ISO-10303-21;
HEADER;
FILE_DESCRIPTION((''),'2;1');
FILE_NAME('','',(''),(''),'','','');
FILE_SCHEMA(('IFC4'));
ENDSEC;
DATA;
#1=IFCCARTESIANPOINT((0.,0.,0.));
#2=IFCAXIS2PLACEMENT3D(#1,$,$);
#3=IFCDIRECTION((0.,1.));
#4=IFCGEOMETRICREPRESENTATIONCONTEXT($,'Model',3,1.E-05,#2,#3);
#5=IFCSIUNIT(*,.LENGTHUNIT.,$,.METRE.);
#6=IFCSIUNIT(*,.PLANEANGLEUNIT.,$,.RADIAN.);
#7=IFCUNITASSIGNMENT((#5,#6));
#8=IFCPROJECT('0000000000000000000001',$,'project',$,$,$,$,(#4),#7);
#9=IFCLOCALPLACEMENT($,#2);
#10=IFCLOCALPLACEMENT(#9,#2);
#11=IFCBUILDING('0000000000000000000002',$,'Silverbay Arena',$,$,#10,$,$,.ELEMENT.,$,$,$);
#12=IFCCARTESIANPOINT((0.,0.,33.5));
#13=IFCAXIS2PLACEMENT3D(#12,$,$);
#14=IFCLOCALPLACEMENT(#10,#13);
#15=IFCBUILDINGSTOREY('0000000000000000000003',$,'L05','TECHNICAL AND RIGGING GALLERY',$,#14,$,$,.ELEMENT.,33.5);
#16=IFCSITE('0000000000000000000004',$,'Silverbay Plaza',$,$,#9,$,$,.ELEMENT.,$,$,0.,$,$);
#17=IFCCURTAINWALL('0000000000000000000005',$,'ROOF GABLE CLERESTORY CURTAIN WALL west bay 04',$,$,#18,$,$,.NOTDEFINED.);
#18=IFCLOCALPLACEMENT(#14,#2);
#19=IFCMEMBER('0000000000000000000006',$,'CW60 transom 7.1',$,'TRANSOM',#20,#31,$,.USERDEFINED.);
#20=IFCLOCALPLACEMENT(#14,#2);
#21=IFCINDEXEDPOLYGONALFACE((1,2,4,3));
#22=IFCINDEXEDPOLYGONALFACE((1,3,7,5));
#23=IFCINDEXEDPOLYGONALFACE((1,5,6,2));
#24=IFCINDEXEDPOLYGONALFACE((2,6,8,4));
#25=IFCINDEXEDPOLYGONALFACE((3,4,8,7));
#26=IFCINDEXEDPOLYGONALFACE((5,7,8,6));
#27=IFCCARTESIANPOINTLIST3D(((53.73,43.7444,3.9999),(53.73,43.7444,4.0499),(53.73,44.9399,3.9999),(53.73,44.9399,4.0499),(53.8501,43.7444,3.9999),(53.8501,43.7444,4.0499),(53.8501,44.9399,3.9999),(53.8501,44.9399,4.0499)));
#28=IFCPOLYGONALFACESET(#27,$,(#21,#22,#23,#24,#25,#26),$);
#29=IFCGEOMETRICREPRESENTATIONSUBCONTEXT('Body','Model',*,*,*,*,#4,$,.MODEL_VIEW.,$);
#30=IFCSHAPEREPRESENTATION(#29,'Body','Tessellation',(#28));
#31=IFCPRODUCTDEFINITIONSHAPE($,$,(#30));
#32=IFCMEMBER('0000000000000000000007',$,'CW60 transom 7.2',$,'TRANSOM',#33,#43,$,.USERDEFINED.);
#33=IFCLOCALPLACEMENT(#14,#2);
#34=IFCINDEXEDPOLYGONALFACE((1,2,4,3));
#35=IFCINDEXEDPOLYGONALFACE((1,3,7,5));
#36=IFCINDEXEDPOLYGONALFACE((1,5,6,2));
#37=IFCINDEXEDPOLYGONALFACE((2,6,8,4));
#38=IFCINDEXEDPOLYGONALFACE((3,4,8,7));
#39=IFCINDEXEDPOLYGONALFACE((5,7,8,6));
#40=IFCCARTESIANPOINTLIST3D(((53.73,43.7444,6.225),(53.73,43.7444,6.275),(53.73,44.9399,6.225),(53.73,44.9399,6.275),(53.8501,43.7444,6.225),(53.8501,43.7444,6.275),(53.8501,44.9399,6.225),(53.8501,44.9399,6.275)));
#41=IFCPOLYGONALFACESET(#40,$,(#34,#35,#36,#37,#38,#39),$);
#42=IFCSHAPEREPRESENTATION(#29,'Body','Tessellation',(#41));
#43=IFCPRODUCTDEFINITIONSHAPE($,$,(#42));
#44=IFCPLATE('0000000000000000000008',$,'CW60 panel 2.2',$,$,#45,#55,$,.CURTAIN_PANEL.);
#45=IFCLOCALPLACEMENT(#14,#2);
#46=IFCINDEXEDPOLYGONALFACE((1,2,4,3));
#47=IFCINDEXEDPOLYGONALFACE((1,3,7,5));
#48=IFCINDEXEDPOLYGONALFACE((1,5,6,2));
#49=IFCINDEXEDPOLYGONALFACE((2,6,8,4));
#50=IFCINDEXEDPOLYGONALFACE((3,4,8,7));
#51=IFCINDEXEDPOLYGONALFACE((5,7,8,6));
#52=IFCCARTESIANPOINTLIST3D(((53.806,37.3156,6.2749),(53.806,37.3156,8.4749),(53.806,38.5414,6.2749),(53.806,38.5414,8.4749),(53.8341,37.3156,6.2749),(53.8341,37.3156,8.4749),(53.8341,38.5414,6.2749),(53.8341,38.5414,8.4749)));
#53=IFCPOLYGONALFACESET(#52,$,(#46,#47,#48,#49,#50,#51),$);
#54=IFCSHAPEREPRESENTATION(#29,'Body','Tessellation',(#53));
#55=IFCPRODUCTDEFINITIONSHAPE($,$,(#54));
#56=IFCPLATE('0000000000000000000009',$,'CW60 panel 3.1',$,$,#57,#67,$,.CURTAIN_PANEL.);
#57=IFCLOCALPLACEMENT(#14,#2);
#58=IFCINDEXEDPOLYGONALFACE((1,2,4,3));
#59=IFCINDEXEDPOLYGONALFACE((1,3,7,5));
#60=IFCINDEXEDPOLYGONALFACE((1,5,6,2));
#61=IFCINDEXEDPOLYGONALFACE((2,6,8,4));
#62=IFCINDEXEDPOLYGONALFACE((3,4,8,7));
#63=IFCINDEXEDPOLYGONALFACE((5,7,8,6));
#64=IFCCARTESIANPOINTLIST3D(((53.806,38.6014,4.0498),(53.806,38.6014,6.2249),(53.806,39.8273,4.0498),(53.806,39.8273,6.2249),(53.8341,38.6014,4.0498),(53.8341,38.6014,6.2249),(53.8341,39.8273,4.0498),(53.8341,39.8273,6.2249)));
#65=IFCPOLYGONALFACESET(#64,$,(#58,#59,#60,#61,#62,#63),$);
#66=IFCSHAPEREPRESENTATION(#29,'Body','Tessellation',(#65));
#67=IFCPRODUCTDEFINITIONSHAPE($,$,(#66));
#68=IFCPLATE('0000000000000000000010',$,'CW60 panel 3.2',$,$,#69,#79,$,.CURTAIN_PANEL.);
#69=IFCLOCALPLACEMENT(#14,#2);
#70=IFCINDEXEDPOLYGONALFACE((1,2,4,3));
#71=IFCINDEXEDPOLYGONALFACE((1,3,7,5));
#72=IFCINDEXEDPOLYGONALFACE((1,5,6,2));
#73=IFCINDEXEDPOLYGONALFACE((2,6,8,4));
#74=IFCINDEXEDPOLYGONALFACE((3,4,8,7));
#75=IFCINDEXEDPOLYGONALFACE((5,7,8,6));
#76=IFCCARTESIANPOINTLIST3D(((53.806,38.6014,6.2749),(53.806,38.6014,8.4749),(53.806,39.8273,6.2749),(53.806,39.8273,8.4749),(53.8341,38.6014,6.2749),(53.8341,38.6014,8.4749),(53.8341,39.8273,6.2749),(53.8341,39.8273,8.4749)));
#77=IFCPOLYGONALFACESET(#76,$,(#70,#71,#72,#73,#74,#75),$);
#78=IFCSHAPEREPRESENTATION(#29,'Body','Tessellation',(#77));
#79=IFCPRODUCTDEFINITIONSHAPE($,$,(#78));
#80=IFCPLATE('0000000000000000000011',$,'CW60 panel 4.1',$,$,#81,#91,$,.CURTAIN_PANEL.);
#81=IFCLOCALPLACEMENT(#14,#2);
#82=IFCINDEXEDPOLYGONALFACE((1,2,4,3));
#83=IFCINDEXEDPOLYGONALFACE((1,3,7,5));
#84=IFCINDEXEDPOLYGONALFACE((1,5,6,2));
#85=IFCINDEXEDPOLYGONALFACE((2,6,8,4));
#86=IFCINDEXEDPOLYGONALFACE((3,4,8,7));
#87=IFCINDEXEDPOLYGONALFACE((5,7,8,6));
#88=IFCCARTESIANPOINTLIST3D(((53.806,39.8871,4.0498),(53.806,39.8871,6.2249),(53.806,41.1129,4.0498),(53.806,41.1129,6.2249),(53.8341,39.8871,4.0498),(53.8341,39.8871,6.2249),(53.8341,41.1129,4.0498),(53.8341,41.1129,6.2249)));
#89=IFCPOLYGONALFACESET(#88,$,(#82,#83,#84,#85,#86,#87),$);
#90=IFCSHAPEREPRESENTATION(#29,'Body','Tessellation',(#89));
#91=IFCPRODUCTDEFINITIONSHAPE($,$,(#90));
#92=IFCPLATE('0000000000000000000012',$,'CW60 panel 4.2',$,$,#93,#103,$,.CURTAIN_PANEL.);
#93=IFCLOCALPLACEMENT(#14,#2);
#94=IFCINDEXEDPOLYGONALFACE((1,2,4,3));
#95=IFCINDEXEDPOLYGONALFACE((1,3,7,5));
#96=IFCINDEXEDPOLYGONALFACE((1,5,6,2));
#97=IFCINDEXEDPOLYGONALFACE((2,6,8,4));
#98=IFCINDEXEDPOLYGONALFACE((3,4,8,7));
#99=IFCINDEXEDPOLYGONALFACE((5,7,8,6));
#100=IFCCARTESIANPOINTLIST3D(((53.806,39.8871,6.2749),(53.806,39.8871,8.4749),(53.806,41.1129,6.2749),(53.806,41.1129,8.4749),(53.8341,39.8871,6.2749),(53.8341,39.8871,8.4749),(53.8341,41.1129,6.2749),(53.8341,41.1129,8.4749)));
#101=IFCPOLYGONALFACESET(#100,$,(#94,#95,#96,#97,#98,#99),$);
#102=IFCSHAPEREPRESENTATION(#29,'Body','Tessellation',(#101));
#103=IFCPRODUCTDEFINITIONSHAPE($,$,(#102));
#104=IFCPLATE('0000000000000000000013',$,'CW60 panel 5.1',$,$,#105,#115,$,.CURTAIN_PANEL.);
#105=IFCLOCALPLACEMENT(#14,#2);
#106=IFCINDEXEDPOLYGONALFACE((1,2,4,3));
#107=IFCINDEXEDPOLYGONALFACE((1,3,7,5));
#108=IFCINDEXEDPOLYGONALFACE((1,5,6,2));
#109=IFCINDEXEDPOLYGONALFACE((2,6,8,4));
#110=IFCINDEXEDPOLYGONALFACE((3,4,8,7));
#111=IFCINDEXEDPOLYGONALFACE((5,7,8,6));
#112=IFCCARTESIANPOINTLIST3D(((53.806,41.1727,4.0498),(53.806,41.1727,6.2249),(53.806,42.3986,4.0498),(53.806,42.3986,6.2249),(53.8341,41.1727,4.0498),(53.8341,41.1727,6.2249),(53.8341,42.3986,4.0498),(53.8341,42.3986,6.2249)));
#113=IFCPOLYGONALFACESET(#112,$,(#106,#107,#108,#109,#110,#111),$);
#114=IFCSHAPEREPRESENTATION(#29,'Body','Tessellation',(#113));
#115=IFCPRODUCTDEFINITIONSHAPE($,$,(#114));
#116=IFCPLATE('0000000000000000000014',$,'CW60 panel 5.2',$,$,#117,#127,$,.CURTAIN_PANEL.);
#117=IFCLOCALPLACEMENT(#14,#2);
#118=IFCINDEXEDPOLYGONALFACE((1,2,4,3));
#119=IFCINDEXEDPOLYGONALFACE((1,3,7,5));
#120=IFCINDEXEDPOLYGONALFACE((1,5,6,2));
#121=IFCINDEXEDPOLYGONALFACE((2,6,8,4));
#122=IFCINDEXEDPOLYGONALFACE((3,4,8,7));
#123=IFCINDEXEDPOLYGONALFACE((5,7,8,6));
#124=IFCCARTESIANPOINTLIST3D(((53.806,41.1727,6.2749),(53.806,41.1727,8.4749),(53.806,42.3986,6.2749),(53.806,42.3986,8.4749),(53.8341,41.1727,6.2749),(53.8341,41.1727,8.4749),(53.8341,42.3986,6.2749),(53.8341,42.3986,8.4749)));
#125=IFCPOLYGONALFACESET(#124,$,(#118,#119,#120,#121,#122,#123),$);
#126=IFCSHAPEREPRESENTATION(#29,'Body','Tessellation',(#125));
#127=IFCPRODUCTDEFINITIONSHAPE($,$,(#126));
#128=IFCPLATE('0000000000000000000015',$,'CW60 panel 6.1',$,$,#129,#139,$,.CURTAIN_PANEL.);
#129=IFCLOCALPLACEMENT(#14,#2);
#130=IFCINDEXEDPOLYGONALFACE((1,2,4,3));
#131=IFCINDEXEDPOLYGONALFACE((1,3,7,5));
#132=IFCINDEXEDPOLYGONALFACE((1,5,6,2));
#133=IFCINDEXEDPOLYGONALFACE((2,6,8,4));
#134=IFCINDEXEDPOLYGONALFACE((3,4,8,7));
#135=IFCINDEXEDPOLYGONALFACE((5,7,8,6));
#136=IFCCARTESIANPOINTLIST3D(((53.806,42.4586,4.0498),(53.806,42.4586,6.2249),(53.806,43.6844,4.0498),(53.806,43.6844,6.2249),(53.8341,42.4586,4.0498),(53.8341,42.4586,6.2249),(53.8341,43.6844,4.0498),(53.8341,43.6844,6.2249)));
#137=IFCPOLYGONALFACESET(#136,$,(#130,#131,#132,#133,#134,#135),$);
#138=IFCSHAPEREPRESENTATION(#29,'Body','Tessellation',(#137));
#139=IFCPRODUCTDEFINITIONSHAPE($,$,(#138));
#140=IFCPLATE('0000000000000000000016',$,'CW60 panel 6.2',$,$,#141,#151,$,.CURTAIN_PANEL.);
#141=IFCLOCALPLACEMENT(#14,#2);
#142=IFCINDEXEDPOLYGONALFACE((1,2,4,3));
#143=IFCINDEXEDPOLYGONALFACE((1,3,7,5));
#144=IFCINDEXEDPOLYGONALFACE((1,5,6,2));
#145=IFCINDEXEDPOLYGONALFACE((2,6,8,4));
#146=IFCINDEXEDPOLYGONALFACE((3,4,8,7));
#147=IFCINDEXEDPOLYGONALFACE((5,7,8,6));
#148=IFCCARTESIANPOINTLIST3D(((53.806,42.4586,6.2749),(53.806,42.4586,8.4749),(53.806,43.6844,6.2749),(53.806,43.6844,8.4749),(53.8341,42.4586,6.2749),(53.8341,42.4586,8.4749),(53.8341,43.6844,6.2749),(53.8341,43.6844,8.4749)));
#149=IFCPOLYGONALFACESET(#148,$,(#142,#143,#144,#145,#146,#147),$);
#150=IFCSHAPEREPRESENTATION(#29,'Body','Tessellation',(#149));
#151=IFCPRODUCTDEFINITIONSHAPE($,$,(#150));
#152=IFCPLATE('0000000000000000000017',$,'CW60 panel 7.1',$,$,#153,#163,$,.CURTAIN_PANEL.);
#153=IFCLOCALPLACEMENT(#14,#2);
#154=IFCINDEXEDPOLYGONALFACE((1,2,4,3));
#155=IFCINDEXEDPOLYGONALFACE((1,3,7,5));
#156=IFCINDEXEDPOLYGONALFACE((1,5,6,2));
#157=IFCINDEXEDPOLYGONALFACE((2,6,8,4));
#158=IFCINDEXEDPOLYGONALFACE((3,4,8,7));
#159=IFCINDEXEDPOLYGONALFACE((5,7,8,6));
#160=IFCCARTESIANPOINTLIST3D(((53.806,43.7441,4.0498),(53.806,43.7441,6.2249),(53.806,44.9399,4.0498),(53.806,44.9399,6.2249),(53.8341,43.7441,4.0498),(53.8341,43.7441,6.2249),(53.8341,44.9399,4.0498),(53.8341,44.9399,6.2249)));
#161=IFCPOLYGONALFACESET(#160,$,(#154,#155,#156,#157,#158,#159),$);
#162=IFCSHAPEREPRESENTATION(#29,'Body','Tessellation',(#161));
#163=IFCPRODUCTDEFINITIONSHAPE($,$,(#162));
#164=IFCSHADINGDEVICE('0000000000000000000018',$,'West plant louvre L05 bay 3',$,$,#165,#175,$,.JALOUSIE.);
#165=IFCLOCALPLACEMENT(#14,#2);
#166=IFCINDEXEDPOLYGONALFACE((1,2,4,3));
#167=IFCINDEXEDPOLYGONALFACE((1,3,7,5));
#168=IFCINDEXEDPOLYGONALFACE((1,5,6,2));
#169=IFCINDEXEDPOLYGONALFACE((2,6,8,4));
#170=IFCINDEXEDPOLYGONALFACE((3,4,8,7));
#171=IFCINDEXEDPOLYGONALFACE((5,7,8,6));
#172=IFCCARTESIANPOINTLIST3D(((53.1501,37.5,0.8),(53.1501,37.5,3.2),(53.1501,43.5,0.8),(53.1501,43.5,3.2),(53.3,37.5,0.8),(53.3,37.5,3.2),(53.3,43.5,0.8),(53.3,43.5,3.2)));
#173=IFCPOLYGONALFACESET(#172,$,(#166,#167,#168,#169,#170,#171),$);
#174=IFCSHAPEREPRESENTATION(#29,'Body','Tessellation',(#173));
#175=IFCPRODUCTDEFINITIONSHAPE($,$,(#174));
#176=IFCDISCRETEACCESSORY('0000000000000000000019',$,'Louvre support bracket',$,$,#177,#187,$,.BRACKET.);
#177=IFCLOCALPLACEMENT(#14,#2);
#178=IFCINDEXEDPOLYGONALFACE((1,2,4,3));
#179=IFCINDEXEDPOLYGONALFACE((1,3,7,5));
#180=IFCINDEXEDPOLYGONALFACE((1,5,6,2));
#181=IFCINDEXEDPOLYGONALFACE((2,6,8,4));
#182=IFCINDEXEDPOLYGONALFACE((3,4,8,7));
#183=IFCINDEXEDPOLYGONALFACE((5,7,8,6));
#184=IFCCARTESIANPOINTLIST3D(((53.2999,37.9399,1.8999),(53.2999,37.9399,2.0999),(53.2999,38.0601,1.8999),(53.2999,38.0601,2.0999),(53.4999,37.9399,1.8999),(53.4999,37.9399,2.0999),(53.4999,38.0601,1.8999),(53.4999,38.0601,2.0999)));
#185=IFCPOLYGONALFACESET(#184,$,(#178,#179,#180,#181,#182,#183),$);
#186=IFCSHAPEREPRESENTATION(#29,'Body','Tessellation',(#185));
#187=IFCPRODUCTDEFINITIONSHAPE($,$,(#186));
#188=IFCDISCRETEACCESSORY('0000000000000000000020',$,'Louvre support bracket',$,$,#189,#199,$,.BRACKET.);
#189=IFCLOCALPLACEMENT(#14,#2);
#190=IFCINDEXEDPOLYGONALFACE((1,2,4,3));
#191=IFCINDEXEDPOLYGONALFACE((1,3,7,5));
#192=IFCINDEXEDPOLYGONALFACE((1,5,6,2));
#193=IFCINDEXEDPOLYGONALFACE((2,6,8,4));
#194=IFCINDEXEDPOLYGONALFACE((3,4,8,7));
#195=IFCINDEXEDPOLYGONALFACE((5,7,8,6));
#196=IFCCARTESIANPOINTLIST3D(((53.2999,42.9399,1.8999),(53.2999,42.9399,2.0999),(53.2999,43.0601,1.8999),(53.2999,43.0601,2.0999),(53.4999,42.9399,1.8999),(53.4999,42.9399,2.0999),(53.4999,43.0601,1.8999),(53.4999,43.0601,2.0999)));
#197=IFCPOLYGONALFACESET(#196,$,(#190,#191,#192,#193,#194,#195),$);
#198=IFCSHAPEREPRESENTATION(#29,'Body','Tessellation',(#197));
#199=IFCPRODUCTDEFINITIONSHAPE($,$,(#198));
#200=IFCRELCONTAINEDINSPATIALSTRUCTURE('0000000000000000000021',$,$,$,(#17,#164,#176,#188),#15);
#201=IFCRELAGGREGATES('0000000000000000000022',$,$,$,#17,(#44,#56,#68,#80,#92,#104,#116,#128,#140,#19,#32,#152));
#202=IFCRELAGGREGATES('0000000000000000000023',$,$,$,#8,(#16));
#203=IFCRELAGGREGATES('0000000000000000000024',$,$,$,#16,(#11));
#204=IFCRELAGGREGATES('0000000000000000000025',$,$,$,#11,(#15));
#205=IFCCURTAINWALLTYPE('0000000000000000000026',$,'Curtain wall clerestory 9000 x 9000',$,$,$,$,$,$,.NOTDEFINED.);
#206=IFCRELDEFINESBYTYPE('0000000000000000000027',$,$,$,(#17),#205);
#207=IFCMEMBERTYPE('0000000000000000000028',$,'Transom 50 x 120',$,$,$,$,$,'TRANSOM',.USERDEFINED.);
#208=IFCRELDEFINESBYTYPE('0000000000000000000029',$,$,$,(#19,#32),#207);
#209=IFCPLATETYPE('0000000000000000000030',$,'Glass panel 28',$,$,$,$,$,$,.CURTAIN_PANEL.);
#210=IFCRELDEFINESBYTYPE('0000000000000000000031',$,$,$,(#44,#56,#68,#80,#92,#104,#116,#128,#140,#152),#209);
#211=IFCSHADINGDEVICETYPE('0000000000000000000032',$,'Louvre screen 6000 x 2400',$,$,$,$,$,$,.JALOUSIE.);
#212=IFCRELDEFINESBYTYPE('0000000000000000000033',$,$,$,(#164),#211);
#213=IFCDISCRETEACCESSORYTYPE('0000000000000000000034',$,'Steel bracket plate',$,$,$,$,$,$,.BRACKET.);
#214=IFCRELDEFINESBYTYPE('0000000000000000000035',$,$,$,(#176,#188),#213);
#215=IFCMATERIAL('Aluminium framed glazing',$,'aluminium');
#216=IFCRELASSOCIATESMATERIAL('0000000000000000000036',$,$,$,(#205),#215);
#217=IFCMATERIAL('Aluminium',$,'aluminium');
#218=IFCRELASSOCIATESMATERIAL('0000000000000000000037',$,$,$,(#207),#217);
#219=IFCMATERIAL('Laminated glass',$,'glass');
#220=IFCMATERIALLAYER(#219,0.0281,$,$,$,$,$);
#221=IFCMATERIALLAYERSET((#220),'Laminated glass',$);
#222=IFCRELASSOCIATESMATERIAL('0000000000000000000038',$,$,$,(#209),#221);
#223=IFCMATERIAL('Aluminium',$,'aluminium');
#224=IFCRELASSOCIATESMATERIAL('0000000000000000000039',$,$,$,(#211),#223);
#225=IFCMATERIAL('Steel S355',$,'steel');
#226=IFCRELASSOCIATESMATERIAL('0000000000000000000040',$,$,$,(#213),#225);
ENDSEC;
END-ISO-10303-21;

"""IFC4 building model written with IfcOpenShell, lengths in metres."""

from ifc_helpers import new_model, si_unit, direction, frame, origin, origin_2d, place, context, subcontext, project, spatial, rectangle, extrude, material, layer, layer_set, material_profile, profile_set, type_object, element, aggregate, save


model = new_model("IFC4")

# Units and contexts
model_context = context("Model", 3, precision=1e-05, world=origin(), true_north=direction((0.0, 1.0)))
body_context = subcontext(model_context, "Body", "Model", "MODEL_VIEW")
ifc_project = project(units=[si_unit("LENGTHUNIT", "METRE"), si_unit("PLANEANGLEUNIT", "RADIAN")], contexts=[model_context])

# Site, building, storey
site_placement = place(None, origin())
site = spatial("IfcSite", under=ifc_project, at=site_placement, Name="Silverbay Plaza", CompositionType="ELEMENT", RefElevation=0.0)
building_placement = place(site_placement, origin())
building = spatial("IfcBuilding", under=site, at=building_placement, Name="Silverbay Arena", CompositionType="ELEMENT")
storey_placement = place(building_placement, frame((0.0, 0.0, 33.5)))
storey = spatial("IfcBuildingStorey", under=building, at=storey_placement, Name="L05", Description="TECHNICAL AND RIGGING GALLERY", CompositionType="ELEMENT", Elevation=33.5)

# Curtain wall
ifc_material_1 = material(Name="Aluminium framed glazing", Category="aluminium")
curtain_wall_type = type_object("IfcCurtainWallType", Name="Curtain wall clerestory 9000 x 9000", PredefinedType="NOTDEFINED", material=ifc_material_1)
curtain_wall_placement = place(storey_placement, origin())
curtain_wall = element("IfcCurtainWall", 1, at=curtain_wall_placement, inside=storey, type_object=curtain_wall_type, Name="ROOF GABLE CLERESTORY CURTAIN WALL west bay 04", PredefinedType="NOTDEFINED")

# Members
ifc_material_2 = material(Name="Aluminium", Category="aluminium")
ifc_material_profile_1 = material_profile(ifc_material_2, rectangle(XDim=0.1201, YDim=0.05, at=origin_2d()), Name="Transom 50 x 120")
ifc_profile_set_1 = profile_set([ifc_material_profile_1], Name="Aluminium")
member_type_1 = type_object("IfcMemberType", Name="Transom 50 x 120", ElementType="TRANSOM", PredefinedType="USERDEFINED", material=ifc_profile_set_1)
member_1_placement = place(storey_placement, frame((53.79, 43.7444, 4.0249), z_axis=(0.0, 1.0, 0.0), x_axis=(-1.0, 0.0, 0.0)))
member_1 = element("IfcMember", 2, at=member_1_placement, type_object=member_type_1, Name="CW60 transom 7.1", ObjectType="TRANSOM", PredefinedType="USERDEFINED", context=body_context, shape_type="SweptSolid", body=[
    extrude(rectangle(XDim=0.1201, YDim=0.05, at=origin_2d()), origin(), (0.0, 0.0, 1.0), 1.1956),
])
member_2_placement = place(storey_placement, frame((53.79, 43.7444, 6.25), z_axis=(0.0, 1.0, 0.0), x_axis=(-1.0, 0.0, 0.0)))
member_2 = element("IfcMember", 3, at=member_2_placement, type_object=member_type_1, Name="CW60 transom 7.2", ObjectType="TRANSOM", PredefinedType="USERDEFINED", context=body_context, shape_type="SweptSolid", body=[
    extrude(rectangle(XDim=0.1201, YDim=0.05, at=origin_2d()), origin(), (0.0, 0.0, 1.0), 1.1956),
])

# Plates
ifc_material_3 = material(Name="Laminated glass", Category="glass")
ifc_layer = layer(ifc_material_3, 0.0281)
ifc_layer_set = layer_set([ifc_layer], Name="Laminated glass")
plate_type = type_object("IfcPlateType", Name="Glass panel 28", PredefinedType="CURTAIN_PANEL", material=ifc_layer_set)
plate_1_placement = place(storey_placement, frame((53.8201, 37.9285, 6.2749), z_axis=(0.0, 0.0, 1.0), x_axis=(0.0, 1.0, 0.0)))
plate_1 = element("IfcPlate", 4, at=plate_1_placement, type_object=plate_type, Name="CW60 panel 2.2", PredefinedType="CURTAIN_PANEL", context=body_context, shape_type="SweptSolid", body=[
    extrude(rectangle(XDim=1.2258, YDim=0.0281, at=origin_2d()), origin(), (0.0, 0.0, 1.0), 2.2),
])
plate_2_placement = place(storey_placement, frame((53.8201, 39.2144, 4.0498), z_axis=(0.0, 0.0, 1.0), x_axis=(0.0, 1.0, 0.0)))
plate_2 = element("IfcPlate", 5, at=plate_2_placement, type_object=plate_type, Name="CW60 panel 3.1", PredefinedType="CURTAIN_PANEL", context=body_context, shape_type="SweptSolid", body=[
    extrude(rectangle(XDim=1.2258, YDim=0.0281, at=origin_2d()), origin(), (0.0, 0.0, 1.0), 2.175),
])
plate_3_placement = place(storey_placement, frame((53.8201, 39.2144, 6.2749), z_axis=(0.0, 0.0, 1.0), x_axis=(0.0, 1.0, 0.0)))
plate_3 = element("IfcPlate", 6, at=plate_3_placement, type_object=plate_type, Name="CW60 panel 3.2", PredefinedType="CURTAIN_PANEL", context=body_context, shape_type="SweptSolid", body=[
    extrude(rectangle(XDim=1.2258, YDim=0.0281, at=origin_2d()), origin(), (0.0, 0.0, 1.0), 2.2),
])
plate_4_placement = place(storey_placement, frame((53.8201, 40.5, 4.0498), z_axis=(0.0, 0.0, 1.0), x_axis=(0.0, 1.0, 0.0)))
plate_4 = element("IfcPlate", 7, at=plate_4_placement, type_object=plate_type, Name="CW60 panel 4.1", PredefinedType="CURTAIN_PANEL", context=body_context, shape_type="SweptSolid", body=[
    extrude(rectangle(XDim=1.2258, YDim=0.0281, at=origin_2d()), origin(), (0.0, 0.0, 1.0), 2.175),
])
plate_5_placement = place(storey_placement, frame((53.8201, 40.5, 6.2749), z_axis=(0.0, 0.0, 1.0), x_axis=(0.0, 1.0, 0.0)))
plate_5 = element("IfcPlate", 8, at=plate_5_placement, type_object=plate_type, Name="CW60 panel 4.2", PredefinedType="CURTAIN_PANEL", context=body_context, shape_type="SweptSolid", body=[
    extrude(rectangle(XDim=1.2258, YDim=0.0281, at=origin_2d()), origin(), (0.0, 0.0, 1.0), 2.2),
])
plate_6_placement = place(storey_placement, frame((53.8201, 41.7856, 4.0498), z_axis=(0.0, 0.0, 1.0), x_axis=(0.0, 1.0, 0.0)))
plate_6 = element("IfcPlate", 9, at=plate_6_placement, type_object=plate_type, Name="CW60 panel 5.1", PredefinedType="CURTAIN_PANEL", context=body_context, shape_type="SweptSolid", body=[
    extrude(rectangle(XDim=1.2258, YDim=0.0281, at=origin_2d()), origin(), (0.0, 0.0, 1.0), 2.175),
])
plate_7_placement = place(storey_placement, frame((53.8201, 41.7856, 6.2749), z_axis=(0.0, 0.0, 1.0), x_axis=(0.0, 1.0, 0.0)))
plate_7 = element("IfcPlate", 10, at=plate_7_placement, type_object=plate_type, Name="CW60 panel 5.2", PredefinedType="CURTAIN_PANEL", context=body_context, shape_type="SweptSolid", body=[
    extrude(rectangle(XDim=1.2258, YDim=0.0281, at=origin_2d()), origin(), (0.0, 0.0, 1.0), 2.2),
])
plate_8_placement = place(storey_placement, frame((53.8201, 43.0715, 4.0498), z_axis=(0.0, 0.0, 1.0), x_axis=(0.0, 1.0, 0.0)))
plate_8 = element("IfcPlate", 11, at=plate_8_placement, type_object=plate_type, Name="CW60 panel 6.1", PredefinedType="CURTAIN_PANEL", context=body_context, shape_type="SweptSolid", body=[
    extrude(rectangle(XDim=1.2258, YDim=0.0281, at=origin_2d()), origin(), (0.0, 0.0, 1.0), 2.175),
])
plate_9_placement = place(storey_placement, frame((53.8201, 43.0715, 6.2749), z_axis=(0.0, 0.0, 1.0), x_axis=(0.0, 1.0, 0.0)))
plate_9 = element("IfcPlate", 12, at=plate_9_placement, type_object=plate_type, Name="CW60 panel 6.2", PredefinedType="CURTAIN_PANEL", context=body_context, shape_type="SweptSolid", body=[
    extrude(rectangle(XDim=1.2258, YDim=0.0281, at=origin_2d()), origin(), (0.0, 0.0, 1.0), 2.2),
])
plate_10_placement = place(storey_placement, frame((53.8201, 44.342, 4.0498), z_axis=(0.0, 0.0, 1.0), x_axis=(0.0, 1.0, 0.0)))
plate_10 = element("IfcPlate", 13, at=plate_10_placement, type_object=plate_type, Name="CW60 panel 7.1", PredefinedType="CURTAIN_PANEL", context=body_context, shape_type="SweptSolid", body=[
    extrude(rectangle(XDim=1.1958, YDim=0.0281, at=origin_2d()), origin(), (0.0, 0.0, 1.0), 2.175),
])
aggregate(curtain_wall, [plate_1, plate_2, plate_3, plate_4, plate_5, plate_6, plate_7, plate_8, plate_9, member_1, member_2, plate_10])

# Shading device
ifc_material_4 = material(Name="Aluminium", Category="aluminium")
shading_device_type = type_object("IfcShadingDeviceType", Name="Louvre screen 6000 x 2400", PredefinedType="JALOUSIE", material=ifc_material_4)
shading_device_placement = place(storey_placement, frame((53.2251, 40.5, 0.8), z_axis=(0.0, 0.0, 1.0), x_axis=(0.0, 1.0, 0.0)))
element("IfcShadingDevice", 14, at=shading_device_placement, inside=storey, type_object=shading_device_type, Name="West plant louvre L05 bay 3", PredefinedType="JALOUSIE", context=body_context, shape_type="SweptSolid", body=[
    extrude(rectangle(XDim=6.0, YDim=0.1499, at=origin_2d()), origin(), (0.0, 0.0, 1.0), 2.3999),
])

# Discrete accessories
ifc_material_5 = material(Name="Steel S355", Category="steel")
discrete_accessory_type = type_object("IfcDiscreteAccessoryType", Name="Steel bracket plate", PredefinedType="BRACKET", material=ifc_material_5)
for number, where, z_axis, x_axis, name in (
    (15, (53.3999, 38.0, 1.8999), (0.0, 0.0, 1.0), (0.0, 1.0, 0.0), "Louvre support bracket"),
    (16, (53.3999, 43.0, 1.8999), (0.0, 0.0, 1.0), (0.0, 1.0, 0.0), "Louvre support bracket"),
):
    element("IfcDiscreteAccessory", number, at=place(storey_placement, frame(where, z_axis=z_axis, x_axis=x_axis)), inside=storey, type_object=discrete_accessory_type, Name=name, PredefinedType="BRACKET", context=body_context, shape_type="SweptSolid", body=[
        extrude(rectangle(XDim=0.1201, YDim=0.2, at=origin_2d()), origin(), (0.0, 0.0, 1.0), 0.2),
    ])

save(model, "model.ifc")
